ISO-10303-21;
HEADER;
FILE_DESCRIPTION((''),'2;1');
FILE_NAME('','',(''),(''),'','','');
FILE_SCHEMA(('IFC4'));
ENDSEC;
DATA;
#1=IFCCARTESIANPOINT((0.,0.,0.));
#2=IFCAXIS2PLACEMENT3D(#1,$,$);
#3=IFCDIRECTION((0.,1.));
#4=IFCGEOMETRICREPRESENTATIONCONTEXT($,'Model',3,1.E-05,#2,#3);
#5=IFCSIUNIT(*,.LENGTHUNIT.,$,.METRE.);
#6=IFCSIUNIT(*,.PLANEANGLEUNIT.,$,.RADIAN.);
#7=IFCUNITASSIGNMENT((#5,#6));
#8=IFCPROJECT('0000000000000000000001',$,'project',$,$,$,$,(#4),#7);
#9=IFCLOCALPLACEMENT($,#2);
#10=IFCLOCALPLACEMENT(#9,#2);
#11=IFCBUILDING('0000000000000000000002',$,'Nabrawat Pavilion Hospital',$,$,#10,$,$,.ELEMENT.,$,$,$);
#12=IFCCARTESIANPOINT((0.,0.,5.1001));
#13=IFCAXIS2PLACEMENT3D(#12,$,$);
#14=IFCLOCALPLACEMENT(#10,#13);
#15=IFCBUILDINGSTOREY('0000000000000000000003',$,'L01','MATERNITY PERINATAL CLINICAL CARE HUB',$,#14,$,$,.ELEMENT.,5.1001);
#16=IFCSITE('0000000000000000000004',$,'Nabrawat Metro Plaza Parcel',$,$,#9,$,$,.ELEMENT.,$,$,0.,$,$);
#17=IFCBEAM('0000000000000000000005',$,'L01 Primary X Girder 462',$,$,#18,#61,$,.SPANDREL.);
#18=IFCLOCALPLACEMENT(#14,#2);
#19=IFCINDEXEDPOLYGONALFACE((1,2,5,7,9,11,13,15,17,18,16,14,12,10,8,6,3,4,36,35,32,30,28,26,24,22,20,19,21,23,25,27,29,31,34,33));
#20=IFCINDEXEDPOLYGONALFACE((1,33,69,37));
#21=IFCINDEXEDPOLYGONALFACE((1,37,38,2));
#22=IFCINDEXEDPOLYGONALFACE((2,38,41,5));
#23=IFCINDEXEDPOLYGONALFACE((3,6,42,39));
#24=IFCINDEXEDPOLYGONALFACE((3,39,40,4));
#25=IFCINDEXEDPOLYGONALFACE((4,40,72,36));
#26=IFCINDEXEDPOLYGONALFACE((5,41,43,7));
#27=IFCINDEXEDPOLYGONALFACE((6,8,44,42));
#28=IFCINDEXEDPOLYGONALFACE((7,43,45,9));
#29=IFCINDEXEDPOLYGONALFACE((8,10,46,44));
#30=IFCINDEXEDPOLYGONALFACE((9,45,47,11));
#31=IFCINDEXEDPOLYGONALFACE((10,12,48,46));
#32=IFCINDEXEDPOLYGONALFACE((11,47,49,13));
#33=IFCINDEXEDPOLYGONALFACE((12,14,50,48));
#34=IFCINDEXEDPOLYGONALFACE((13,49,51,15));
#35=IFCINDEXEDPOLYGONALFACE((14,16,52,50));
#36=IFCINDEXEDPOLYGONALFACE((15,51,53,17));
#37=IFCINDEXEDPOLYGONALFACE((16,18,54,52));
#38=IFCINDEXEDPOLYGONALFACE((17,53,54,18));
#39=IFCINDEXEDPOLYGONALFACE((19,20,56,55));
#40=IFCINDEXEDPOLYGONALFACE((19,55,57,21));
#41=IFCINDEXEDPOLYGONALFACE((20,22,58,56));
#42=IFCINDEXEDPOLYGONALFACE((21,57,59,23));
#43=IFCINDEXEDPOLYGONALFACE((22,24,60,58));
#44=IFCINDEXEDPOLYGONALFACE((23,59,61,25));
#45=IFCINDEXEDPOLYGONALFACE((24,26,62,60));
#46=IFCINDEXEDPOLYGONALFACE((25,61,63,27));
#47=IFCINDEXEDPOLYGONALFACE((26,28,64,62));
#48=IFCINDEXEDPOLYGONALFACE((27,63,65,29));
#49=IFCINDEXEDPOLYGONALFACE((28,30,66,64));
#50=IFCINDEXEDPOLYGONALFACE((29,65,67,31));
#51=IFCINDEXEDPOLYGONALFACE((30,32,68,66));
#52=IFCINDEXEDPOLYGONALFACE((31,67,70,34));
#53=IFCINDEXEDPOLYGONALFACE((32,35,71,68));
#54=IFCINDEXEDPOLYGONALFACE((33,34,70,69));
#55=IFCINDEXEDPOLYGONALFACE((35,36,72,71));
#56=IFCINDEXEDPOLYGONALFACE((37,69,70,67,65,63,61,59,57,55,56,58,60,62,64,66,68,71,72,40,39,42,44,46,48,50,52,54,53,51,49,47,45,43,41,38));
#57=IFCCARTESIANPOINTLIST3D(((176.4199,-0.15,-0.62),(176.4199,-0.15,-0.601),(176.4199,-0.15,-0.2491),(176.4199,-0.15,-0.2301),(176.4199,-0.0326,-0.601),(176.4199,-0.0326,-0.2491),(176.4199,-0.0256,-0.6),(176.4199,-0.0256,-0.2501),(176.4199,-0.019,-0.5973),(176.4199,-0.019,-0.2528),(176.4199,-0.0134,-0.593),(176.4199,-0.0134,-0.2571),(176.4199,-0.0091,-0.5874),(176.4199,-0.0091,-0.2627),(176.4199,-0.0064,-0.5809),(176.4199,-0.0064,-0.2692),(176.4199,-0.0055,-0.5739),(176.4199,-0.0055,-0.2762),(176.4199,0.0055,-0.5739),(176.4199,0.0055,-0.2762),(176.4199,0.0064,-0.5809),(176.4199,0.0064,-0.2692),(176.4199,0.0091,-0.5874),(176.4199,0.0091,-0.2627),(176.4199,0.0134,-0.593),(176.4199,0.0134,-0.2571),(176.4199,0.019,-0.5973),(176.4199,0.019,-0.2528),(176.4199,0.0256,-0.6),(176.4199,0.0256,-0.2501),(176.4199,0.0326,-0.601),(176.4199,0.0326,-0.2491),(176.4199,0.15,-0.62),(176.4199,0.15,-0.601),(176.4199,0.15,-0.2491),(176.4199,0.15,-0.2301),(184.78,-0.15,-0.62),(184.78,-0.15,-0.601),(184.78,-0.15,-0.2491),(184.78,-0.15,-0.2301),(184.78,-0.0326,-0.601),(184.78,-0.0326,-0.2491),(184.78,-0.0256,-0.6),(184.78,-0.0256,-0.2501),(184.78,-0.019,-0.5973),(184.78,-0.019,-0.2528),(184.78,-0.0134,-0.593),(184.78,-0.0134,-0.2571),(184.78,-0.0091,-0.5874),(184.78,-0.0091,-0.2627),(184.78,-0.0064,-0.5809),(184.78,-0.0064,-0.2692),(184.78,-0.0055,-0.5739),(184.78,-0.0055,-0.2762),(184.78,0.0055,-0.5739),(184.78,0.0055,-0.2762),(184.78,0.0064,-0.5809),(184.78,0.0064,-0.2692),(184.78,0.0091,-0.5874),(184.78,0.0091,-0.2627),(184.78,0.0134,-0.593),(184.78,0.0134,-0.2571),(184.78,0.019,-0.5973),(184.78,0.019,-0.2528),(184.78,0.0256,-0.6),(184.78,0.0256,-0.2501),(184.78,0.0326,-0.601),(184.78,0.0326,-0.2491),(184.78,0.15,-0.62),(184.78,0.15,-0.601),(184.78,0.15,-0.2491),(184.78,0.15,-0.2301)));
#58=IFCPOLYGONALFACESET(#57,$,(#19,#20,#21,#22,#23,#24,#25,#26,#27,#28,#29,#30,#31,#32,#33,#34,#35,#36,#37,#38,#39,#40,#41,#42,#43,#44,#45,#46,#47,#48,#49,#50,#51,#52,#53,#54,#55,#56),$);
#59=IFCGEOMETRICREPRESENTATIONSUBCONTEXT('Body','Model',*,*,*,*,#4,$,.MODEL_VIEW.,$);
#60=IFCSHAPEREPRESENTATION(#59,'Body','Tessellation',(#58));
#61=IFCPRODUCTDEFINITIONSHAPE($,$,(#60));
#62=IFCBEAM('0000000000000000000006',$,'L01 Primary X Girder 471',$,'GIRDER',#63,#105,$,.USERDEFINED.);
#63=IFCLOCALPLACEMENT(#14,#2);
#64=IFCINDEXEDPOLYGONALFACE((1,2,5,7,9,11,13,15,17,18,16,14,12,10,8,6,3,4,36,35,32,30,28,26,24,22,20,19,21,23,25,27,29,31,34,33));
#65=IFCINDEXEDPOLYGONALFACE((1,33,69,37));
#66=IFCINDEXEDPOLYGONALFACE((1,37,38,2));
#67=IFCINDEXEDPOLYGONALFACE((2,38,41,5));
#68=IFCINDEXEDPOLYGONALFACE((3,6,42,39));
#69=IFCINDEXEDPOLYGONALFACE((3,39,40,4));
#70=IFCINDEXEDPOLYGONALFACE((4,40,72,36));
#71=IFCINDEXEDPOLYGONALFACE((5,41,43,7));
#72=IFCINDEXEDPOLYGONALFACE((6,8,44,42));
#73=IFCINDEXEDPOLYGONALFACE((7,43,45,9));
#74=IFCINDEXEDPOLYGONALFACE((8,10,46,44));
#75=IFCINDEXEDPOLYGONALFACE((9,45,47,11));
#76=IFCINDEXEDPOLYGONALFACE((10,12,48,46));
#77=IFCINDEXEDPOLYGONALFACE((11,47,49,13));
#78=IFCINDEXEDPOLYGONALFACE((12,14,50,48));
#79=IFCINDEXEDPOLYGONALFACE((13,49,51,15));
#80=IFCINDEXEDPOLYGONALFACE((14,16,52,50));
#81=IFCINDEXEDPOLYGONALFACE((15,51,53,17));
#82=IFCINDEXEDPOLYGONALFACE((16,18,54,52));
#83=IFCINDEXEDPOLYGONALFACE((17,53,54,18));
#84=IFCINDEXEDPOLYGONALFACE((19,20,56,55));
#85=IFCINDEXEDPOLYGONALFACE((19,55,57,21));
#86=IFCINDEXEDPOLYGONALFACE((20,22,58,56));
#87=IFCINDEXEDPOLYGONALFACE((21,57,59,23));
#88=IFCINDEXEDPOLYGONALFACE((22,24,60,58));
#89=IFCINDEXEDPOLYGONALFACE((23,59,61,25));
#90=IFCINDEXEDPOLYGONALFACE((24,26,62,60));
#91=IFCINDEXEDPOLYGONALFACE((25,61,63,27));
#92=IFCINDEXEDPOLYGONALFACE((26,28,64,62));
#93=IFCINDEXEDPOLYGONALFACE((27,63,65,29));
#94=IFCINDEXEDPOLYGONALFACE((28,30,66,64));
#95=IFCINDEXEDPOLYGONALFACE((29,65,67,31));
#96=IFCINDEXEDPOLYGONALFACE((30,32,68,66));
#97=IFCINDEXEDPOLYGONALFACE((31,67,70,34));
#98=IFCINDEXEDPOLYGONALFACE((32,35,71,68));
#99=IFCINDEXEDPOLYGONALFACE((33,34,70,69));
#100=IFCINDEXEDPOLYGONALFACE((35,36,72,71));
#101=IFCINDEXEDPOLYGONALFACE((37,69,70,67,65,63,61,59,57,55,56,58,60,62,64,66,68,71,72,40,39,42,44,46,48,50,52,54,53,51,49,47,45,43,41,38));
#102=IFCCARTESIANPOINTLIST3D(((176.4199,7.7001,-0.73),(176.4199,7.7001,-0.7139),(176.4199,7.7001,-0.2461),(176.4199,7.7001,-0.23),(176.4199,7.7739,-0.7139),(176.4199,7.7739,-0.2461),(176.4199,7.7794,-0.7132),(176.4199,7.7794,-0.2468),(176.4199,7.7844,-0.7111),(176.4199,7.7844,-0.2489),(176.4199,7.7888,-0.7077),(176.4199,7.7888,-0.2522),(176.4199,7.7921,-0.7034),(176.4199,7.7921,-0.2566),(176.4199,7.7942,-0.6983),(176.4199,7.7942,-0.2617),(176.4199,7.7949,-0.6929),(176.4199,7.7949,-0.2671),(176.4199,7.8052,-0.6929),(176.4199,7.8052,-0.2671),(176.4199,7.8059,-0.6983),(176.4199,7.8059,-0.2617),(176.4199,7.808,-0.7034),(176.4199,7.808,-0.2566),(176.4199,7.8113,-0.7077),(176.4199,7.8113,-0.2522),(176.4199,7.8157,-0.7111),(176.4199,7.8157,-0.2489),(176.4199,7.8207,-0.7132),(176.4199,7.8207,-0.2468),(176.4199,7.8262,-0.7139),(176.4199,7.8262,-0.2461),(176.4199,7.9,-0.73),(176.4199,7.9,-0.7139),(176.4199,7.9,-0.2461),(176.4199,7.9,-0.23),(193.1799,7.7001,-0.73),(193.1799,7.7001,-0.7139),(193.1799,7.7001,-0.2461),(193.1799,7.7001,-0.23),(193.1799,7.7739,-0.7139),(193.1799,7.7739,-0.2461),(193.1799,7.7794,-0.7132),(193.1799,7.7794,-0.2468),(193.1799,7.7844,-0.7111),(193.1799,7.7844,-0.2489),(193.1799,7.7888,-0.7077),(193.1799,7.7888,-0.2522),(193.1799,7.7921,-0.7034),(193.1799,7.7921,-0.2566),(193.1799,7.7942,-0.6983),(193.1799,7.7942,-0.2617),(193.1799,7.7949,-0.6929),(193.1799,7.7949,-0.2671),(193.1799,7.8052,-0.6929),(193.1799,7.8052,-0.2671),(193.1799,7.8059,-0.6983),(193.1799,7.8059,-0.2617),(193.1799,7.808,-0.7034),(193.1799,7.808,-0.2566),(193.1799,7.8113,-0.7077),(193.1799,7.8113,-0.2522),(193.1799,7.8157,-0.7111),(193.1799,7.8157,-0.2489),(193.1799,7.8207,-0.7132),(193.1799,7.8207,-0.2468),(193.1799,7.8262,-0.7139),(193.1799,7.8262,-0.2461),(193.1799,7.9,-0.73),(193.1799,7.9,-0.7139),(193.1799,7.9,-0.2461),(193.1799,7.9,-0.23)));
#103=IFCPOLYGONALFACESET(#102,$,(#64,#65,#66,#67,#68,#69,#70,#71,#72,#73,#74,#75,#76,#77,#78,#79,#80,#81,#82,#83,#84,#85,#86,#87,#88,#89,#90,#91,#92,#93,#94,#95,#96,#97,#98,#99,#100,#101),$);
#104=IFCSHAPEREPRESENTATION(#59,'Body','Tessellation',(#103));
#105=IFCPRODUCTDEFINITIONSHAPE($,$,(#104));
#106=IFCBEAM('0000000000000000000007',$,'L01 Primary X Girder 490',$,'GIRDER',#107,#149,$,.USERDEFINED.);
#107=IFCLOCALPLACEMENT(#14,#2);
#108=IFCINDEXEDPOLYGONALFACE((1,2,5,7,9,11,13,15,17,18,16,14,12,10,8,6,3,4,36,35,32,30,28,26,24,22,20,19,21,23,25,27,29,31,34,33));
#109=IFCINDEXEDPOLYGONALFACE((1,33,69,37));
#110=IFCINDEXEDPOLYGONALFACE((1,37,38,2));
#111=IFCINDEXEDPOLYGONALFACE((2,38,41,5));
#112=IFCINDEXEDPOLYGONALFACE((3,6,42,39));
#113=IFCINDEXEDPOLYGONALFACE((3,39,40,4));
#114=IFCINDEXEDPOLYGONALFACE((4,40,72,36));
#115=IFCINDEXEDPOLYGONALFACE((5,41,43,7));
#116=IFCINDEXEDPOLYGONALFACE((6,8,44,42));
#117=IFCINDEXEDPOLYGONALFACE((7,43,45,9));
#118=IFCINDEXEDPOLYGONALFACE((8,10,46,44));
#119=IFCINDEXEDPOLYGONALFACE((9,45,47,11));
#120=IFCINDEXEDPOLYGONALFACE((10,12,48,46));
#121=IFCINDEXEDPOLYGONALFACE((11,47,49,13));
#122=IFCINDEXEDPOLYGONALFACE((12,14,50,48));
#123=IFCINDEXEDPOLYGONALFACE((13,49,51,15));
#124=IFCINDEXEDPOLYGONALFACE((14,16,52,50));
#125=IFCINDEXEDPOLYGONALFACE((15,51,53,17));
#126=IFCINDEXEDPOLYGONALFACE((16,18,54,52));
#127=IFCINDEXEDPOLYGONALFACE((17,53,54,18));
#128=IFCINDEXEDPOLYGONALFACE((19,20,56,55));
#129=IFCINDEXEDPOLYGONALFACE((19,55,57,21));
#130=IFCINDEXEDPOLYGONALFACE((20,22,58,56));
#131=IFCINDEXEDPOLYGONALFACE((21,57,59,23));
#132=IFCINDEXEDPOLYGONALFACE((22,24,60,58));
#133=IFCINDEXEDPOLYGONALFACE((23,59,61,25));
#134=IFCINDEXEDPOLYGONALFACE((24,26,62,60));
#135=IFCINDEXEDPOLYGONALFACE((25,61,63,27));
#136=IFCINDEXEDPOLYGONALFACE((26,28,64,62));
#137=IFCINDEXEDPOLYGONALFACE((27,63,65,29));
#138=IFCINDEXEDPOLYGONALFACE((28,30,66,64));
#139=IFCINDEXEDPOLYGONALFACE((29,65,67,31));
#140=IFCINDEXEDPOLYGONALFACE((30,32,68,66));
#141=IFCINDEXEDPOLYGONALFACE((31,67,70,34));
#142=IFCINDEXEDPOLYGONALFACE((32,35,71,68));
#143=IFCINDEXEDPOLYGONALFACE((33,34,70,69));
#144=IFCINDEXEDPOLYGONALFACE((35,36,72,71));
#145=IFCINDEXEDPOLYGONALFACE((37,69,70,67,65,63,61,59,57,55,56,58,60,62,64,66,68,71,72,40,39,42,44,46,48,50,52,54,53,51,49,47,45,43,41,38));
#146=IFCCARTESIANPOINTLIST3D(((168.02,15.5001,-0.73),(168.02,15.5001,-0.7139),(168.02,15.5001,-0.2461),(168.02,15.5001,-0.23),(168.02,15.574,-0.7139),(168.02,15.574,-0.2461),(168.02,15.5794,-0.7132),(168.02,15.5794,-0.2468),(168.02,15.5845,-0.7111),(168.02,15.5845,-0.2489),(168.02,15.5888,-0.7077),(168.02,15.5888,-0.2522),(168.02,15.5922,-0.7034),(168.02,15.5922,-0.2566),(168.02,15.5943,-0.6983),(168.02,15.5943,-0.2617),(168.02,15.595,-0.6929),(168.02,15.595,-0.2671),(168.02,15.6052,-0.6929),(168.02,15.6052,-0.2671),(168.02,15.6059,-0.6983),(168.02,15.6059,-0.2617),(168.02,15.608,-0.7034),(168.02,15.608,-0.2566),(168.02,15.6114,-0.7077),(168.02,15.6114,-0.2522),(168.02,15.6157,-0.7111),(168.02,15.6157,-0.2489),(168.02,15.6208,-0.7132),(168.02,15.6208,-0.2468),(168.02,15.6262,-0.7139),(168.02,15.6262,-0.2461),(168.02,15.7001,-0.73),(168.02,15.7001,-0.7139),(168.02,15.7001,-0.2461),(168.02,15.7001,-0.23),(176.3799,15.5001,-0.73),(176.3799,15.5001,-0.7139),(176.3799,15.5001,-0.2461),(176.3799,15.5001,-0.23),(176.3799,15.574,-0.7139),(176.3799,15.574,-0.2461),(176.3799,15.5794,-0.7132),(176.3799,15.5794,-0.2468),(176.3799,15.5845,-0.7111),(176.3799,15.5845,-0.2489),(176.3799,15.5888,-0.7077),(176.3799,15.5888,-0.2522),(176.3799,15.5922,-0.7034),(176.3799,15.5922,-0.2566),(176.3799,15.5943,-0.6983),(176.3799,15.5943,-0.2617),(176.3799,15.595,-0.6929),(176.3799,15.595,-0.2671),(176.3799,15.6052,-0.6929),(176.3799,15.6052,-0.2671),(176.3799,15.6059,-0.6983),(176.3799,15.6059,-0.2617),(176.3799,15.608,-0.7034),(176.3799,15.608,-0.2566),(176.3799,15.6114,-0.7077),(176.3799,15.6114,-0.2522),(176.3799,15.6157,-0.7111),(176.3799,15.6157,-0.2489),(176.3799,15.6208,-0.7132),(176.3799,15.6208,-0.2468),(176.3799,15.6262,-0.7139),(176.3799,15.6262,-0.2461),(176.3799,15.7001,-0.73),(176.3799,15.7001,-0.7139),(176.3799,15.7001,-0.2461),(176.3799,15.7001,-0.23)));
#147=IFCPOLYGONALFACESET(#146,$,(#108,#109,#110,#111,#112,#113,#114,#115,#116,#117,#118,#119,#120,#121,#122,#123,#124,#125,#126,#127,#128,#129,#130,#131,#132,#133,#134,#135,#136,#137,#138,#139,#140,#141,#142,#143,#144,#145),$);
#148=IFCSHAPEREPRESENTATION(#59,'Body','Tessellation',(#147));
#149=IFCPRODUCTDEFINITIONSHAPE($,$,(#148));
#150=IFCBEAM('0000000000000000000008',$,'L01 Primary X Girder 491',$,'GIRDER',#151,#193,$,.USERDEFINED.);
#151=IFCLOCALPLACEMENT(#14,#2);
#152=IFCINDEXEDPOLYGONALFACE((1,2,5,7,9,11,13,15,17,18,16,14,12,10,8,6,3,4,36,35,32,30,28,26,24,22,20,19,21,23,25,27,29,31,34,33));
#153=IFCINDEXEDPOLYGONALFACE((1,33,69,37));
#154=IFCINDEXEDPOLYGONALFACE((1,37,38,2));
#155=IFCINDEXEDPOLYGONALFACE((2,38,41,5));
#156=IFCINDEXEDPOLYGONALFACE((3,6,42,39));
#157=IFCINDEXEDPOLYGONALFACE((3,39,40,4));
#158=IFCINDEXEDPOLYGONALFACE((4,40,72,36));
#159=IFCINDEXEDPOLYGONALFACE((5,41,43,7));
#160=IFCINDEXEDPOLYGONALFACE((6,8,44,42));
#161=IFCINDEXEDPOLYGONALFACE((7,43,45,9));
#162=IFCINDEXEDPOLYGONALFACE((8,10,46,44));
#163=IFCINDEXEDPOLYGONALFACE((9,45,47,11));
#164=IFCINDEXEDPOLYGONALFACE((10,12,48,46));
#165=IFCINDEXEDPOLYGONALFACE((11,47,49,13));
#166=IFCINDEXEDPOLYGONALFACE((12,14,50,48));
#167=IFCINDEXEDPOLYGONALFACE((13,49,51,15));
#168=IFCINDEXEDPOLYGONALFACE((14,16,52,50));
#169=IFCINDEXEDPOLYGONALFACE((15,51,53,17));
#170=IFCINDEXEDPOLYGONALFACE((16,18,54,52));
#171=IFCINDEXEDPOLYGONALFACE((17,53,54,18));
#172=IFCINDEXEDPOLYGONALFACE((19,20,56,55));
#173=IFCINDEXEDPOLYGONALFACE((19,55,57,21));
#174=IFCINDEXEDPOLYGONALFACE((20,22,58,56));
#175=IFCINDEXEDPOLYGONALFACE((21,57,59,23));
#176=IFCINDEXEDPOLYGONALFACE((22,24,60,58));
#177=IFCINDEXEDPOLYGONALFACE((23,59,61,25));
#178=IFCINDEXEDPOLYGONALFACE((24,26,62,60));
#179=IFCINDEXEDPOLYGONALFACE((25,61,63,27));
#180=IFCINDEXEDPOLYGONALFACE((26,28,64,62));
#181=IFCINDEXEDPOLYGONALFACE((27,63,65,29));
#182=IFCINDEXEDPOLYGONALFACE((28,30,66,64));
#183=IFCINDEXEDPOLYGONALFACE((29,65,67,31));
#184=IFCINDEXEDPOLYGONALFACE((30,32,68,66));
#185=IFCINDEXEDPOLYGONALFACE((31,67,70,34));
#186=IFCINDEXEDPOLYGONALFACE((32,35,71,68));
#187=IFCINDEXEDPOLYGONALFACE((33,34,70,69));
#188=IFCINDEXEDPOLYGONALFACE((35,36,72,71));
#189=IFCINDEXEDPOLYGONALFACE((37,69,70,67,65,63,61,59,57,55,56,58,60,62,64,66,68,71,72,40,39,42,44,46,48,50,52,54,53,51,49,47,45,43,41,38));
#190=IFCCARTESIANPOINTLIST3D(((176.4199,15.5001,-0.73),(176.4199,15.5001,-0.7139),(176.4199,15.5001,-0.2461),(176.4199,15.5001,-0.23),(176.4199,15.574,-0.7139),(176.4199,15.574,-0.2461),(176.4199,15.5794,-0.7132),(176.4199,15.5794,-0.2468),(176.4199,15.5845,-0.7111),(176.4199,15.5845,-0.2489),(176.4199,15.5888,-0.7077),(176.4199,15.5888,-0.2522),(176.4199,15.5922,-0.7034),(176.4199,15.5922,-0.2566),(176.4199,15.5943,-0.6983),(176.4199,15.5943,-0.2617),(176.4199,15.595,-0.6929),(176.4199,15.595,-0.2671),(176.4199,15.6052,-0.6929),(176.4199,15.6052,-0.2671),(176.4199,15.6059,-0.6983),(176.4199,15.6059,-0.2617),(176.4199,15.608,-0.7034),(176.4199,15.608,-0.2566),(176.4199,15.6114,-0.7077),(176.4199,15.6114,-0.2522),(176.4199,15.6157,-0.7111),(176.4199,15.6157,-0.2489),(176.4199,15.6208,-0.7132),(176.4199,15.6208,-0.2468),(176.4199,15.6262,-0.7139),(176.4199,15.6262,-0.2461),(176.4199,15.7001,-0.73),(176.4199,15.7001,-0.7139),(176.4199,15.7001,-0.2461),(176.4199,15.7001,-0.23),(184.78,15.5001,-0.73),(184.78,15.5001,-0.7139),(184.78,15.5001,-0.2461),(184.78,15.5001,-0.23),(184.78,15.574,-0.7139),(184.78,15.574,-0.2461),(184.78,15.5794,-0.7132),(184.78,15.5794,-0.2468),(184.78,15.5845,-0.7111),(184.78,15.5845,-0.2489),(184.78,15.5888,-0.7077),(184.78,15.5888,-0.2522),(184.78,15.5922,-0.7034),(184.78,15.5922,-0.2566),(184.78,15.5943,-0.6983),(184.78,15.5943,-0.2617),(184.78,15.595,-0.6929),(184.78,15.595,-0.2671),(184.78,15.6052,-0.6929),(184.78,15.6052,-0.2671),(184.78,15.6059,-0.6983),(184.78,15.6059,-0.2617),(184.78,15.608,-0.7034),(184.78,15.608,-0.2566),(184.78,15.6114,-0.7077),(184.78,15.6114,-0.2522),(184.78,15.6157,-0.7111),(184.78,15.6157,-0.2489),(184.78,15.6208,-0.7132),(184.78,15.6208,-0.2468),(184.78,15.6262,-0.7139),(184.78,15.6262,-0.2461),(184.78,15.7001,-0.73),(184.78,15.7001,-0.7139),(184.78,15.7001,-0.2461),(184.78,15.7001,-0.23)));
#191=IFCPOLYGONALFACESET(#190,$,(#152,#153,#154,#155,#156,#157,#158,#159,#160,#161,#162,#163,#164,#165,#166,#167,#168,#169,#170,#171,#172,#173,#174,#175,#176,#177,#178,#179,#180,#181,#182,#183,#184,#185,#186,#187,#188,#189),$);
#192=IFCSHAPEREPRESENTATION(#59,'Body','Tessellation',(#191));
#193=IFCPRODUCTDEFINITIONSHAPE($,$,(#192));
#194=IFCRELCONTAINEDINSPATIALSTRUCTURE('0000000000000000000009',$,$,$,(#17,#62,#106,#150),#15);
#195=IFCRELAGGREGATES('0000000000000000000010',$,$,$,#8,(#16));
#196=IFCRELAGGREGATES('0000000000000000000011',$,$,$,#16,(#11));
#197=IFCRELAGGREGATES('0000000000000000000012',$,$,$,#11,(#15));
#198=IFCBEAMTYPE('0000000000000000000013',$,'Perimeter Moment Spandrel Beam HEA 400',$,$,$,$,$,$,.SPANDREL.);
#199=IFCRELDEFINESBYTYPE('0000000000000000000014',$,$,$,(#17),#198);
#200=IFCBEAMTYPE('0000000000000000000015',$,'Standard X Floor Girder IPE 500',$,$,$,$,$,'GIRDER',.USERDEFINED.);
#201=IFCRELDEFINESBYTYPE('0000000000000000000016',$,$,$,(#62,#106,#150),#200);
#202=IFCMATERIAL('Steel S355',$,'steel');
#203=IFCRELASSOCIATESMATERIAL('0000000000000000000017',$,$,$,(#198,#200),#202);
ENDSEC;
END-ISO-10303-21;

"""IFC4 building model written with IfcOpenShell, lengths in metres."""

from ifc_helpers import new_model, si_unit, direction, frame, origin, origin_2d, place, context, subcontext, project, spatial, i_section, extrude, material, material_profile, profile_set, type_object, element, save


model = new_model("IFC4")

# Units and contexts
model_context = context("Model", 3, precision=1e-05, world=origin(), true_north=direction((0.0, 1.0)))
body_context = subcontext(model_context, "Body", "Model", "MODEL_VIEW")
ifc_project = project(units=[si_unit("LENGTHUNIT", "METRE"), si_unit("PLANEANGLEUNIT", "RADIAN")], contexts=[model_context])

# Site, building, storey
site_placement = place(None, origin())
site = spatial("IfcSite", under=ifc_project, at=site_placement, Name="Nabrawat Metro Plaza Parcel", CompositionType="ELEMENT", RefElevation=0.0)
building_placement = place(site_placement, origin())
building = spatial("IfcBuilding", under=site, at=building_placement, Name="Nabrawat Pavilion Hospital", CompositionType="ELEMENT")
storey_placement = place(building_placement, frame((0.0, 0.0, 5.1001)))
storey = spatial("IfcBuildingStorey", under=building, at=storey_placement, Name="L01", Description="MATERNITY PERINATAL CLINICAL CARE HUB", CompositionType="ELEMENT", Elevation=5.1001)

# Shared definitions
ifc_material_1 = material(Name="Steel S355", Category="steel")

# Beams
ifc_material_profile_1 = material_profile(ifc_material_1, i_section(OverallWidth=0.3, OverallDepth=0.3899, WebThickness=0.011, FlangeThickness=0.019, FilletRadius=0.0271, at=origin_2d()), Name="HEA 400")
ifc_profile_set_1 = profile_set([ifc_material_profile_1], Name="Steel S355")
beam_type_1 = type_object("IfcBeamType", Name="Perimeter Moment Spandrel Beam HEA 400", PredefinedType="SPANDREL", material=ifc_profile_set_1)
beam_1_placement = place(storey_placement, frame((176.4199, 0.0, -0.425), z_axis=(1.0, 0.0, 0.0), x_axis=(0.0, 1.0, 0.0)))
element("IfcBeam", 1, at=beam_1_placement, inside=storey, type_object=beam_type_1, Name="L01 Primary X Girder 462", PredefinedType="SPANDREL", context=body_context, shape_type="SweptSolid", body=[
    extrude(i_section(OverallWidth=0.3, OverallDepth=0.3899, WebThickness=0.011, FlangeThickness=0.019, FilletRadius=0.0271, at=origin_2d()), origin(), (0.0, 0.0, 1.0), 8.3601),
])
ifc_material_profile_2 = material_profile(ifc_material_1, i_section(OverallWidth=0.2, OverallDepth=0.5, WebThickness=0.0103, FlangeThickness=0.0161, FilletRadius=0.021, at=origin_2d()), Name="IPE 500")
ifc_profile_set_2 = profile_set([ifc_material_profile_2], Name="Steel S355")
beam_type_2 = type_object("IfcBeamType", Name="Standard X Floor Girder IPE 500", ElementType="GIRDER", PredefinedType="USERDEFINED", material=ifc_profile_set_2)
beam_2_placement = place(storey_placement, frame((176.4199, 7.8, -0.48), z_axis=(1.0, 0.0, 0.0), x_axis=(0.0, 1.0, 0.0)))
element("IfcBeam", 2, at=beam_2_placement, inside=storey, type_object=beam_type_2, Name="L01 Primary X Girder 471", ObjectType="GIRDER", PredefinedType="USERDEFINED", context=body_context, shape_type="SweptSolid", body=[
    extrude(i_section(OverallWidth=0.2, OverallDepth=0.5, WebThickness=0.0103, FlangeThickness=0.0161, FilletRadius=0.021, at=origin_2d()), origin(), (0.0, 0.0, 1.0), 16.76),
])
beam_3_placement = place(storey_placement, frame((168.02, 15.6001, -0.48), z_axis=(1.0, 0.0, 0.0), x_axis=(0.0, 1.0, 0.0)))
element("IfcBeam", 3, at=beam_3_placement, inside=storey, type_object=beam_type_2, Name="L01 Primary X Girder 490", ObjectType="GIRDER", PredefinedType="USERDEFINED", context=body_context, shape_type="SweptSolid", body=[
    extrude(i_section(OverallWidth=0.2, OverallDepth=0.5, WebThickness=0.0103, FlangeThickness=0.0161, FilletRadius=0.021, at=origin_2d()), origin(), (0.0, 0.0, 1.0), 8.3599),
])
beam_4_placement = place(storey_placement, frame((176.4199, 15.6001, -0.48), z_axis=(1.0, 0.0, 0.0), x_axis=(0.0, 1.0, 0.0)))
element("IfcBeam", 4, at=beam_4_placement, inside=storey, type_object=beam_type_2, Name="L01 Primary X Girder 491", ObjectType="GIRDER", PredefinedType="USERDEFINED", context=body_context, shape_type="SweptSolid", body=[
    extrude(i_section(OverallWidth=0.2, OverallDepth=0.5, WebThickness=0.0103, FlangeThickness=0.0161, FilletRadius=0.021, at=origin_2d()), origin(), (0.0, 0.0, 1.0), 8.3601),
])

save(model, "model.ifc")
